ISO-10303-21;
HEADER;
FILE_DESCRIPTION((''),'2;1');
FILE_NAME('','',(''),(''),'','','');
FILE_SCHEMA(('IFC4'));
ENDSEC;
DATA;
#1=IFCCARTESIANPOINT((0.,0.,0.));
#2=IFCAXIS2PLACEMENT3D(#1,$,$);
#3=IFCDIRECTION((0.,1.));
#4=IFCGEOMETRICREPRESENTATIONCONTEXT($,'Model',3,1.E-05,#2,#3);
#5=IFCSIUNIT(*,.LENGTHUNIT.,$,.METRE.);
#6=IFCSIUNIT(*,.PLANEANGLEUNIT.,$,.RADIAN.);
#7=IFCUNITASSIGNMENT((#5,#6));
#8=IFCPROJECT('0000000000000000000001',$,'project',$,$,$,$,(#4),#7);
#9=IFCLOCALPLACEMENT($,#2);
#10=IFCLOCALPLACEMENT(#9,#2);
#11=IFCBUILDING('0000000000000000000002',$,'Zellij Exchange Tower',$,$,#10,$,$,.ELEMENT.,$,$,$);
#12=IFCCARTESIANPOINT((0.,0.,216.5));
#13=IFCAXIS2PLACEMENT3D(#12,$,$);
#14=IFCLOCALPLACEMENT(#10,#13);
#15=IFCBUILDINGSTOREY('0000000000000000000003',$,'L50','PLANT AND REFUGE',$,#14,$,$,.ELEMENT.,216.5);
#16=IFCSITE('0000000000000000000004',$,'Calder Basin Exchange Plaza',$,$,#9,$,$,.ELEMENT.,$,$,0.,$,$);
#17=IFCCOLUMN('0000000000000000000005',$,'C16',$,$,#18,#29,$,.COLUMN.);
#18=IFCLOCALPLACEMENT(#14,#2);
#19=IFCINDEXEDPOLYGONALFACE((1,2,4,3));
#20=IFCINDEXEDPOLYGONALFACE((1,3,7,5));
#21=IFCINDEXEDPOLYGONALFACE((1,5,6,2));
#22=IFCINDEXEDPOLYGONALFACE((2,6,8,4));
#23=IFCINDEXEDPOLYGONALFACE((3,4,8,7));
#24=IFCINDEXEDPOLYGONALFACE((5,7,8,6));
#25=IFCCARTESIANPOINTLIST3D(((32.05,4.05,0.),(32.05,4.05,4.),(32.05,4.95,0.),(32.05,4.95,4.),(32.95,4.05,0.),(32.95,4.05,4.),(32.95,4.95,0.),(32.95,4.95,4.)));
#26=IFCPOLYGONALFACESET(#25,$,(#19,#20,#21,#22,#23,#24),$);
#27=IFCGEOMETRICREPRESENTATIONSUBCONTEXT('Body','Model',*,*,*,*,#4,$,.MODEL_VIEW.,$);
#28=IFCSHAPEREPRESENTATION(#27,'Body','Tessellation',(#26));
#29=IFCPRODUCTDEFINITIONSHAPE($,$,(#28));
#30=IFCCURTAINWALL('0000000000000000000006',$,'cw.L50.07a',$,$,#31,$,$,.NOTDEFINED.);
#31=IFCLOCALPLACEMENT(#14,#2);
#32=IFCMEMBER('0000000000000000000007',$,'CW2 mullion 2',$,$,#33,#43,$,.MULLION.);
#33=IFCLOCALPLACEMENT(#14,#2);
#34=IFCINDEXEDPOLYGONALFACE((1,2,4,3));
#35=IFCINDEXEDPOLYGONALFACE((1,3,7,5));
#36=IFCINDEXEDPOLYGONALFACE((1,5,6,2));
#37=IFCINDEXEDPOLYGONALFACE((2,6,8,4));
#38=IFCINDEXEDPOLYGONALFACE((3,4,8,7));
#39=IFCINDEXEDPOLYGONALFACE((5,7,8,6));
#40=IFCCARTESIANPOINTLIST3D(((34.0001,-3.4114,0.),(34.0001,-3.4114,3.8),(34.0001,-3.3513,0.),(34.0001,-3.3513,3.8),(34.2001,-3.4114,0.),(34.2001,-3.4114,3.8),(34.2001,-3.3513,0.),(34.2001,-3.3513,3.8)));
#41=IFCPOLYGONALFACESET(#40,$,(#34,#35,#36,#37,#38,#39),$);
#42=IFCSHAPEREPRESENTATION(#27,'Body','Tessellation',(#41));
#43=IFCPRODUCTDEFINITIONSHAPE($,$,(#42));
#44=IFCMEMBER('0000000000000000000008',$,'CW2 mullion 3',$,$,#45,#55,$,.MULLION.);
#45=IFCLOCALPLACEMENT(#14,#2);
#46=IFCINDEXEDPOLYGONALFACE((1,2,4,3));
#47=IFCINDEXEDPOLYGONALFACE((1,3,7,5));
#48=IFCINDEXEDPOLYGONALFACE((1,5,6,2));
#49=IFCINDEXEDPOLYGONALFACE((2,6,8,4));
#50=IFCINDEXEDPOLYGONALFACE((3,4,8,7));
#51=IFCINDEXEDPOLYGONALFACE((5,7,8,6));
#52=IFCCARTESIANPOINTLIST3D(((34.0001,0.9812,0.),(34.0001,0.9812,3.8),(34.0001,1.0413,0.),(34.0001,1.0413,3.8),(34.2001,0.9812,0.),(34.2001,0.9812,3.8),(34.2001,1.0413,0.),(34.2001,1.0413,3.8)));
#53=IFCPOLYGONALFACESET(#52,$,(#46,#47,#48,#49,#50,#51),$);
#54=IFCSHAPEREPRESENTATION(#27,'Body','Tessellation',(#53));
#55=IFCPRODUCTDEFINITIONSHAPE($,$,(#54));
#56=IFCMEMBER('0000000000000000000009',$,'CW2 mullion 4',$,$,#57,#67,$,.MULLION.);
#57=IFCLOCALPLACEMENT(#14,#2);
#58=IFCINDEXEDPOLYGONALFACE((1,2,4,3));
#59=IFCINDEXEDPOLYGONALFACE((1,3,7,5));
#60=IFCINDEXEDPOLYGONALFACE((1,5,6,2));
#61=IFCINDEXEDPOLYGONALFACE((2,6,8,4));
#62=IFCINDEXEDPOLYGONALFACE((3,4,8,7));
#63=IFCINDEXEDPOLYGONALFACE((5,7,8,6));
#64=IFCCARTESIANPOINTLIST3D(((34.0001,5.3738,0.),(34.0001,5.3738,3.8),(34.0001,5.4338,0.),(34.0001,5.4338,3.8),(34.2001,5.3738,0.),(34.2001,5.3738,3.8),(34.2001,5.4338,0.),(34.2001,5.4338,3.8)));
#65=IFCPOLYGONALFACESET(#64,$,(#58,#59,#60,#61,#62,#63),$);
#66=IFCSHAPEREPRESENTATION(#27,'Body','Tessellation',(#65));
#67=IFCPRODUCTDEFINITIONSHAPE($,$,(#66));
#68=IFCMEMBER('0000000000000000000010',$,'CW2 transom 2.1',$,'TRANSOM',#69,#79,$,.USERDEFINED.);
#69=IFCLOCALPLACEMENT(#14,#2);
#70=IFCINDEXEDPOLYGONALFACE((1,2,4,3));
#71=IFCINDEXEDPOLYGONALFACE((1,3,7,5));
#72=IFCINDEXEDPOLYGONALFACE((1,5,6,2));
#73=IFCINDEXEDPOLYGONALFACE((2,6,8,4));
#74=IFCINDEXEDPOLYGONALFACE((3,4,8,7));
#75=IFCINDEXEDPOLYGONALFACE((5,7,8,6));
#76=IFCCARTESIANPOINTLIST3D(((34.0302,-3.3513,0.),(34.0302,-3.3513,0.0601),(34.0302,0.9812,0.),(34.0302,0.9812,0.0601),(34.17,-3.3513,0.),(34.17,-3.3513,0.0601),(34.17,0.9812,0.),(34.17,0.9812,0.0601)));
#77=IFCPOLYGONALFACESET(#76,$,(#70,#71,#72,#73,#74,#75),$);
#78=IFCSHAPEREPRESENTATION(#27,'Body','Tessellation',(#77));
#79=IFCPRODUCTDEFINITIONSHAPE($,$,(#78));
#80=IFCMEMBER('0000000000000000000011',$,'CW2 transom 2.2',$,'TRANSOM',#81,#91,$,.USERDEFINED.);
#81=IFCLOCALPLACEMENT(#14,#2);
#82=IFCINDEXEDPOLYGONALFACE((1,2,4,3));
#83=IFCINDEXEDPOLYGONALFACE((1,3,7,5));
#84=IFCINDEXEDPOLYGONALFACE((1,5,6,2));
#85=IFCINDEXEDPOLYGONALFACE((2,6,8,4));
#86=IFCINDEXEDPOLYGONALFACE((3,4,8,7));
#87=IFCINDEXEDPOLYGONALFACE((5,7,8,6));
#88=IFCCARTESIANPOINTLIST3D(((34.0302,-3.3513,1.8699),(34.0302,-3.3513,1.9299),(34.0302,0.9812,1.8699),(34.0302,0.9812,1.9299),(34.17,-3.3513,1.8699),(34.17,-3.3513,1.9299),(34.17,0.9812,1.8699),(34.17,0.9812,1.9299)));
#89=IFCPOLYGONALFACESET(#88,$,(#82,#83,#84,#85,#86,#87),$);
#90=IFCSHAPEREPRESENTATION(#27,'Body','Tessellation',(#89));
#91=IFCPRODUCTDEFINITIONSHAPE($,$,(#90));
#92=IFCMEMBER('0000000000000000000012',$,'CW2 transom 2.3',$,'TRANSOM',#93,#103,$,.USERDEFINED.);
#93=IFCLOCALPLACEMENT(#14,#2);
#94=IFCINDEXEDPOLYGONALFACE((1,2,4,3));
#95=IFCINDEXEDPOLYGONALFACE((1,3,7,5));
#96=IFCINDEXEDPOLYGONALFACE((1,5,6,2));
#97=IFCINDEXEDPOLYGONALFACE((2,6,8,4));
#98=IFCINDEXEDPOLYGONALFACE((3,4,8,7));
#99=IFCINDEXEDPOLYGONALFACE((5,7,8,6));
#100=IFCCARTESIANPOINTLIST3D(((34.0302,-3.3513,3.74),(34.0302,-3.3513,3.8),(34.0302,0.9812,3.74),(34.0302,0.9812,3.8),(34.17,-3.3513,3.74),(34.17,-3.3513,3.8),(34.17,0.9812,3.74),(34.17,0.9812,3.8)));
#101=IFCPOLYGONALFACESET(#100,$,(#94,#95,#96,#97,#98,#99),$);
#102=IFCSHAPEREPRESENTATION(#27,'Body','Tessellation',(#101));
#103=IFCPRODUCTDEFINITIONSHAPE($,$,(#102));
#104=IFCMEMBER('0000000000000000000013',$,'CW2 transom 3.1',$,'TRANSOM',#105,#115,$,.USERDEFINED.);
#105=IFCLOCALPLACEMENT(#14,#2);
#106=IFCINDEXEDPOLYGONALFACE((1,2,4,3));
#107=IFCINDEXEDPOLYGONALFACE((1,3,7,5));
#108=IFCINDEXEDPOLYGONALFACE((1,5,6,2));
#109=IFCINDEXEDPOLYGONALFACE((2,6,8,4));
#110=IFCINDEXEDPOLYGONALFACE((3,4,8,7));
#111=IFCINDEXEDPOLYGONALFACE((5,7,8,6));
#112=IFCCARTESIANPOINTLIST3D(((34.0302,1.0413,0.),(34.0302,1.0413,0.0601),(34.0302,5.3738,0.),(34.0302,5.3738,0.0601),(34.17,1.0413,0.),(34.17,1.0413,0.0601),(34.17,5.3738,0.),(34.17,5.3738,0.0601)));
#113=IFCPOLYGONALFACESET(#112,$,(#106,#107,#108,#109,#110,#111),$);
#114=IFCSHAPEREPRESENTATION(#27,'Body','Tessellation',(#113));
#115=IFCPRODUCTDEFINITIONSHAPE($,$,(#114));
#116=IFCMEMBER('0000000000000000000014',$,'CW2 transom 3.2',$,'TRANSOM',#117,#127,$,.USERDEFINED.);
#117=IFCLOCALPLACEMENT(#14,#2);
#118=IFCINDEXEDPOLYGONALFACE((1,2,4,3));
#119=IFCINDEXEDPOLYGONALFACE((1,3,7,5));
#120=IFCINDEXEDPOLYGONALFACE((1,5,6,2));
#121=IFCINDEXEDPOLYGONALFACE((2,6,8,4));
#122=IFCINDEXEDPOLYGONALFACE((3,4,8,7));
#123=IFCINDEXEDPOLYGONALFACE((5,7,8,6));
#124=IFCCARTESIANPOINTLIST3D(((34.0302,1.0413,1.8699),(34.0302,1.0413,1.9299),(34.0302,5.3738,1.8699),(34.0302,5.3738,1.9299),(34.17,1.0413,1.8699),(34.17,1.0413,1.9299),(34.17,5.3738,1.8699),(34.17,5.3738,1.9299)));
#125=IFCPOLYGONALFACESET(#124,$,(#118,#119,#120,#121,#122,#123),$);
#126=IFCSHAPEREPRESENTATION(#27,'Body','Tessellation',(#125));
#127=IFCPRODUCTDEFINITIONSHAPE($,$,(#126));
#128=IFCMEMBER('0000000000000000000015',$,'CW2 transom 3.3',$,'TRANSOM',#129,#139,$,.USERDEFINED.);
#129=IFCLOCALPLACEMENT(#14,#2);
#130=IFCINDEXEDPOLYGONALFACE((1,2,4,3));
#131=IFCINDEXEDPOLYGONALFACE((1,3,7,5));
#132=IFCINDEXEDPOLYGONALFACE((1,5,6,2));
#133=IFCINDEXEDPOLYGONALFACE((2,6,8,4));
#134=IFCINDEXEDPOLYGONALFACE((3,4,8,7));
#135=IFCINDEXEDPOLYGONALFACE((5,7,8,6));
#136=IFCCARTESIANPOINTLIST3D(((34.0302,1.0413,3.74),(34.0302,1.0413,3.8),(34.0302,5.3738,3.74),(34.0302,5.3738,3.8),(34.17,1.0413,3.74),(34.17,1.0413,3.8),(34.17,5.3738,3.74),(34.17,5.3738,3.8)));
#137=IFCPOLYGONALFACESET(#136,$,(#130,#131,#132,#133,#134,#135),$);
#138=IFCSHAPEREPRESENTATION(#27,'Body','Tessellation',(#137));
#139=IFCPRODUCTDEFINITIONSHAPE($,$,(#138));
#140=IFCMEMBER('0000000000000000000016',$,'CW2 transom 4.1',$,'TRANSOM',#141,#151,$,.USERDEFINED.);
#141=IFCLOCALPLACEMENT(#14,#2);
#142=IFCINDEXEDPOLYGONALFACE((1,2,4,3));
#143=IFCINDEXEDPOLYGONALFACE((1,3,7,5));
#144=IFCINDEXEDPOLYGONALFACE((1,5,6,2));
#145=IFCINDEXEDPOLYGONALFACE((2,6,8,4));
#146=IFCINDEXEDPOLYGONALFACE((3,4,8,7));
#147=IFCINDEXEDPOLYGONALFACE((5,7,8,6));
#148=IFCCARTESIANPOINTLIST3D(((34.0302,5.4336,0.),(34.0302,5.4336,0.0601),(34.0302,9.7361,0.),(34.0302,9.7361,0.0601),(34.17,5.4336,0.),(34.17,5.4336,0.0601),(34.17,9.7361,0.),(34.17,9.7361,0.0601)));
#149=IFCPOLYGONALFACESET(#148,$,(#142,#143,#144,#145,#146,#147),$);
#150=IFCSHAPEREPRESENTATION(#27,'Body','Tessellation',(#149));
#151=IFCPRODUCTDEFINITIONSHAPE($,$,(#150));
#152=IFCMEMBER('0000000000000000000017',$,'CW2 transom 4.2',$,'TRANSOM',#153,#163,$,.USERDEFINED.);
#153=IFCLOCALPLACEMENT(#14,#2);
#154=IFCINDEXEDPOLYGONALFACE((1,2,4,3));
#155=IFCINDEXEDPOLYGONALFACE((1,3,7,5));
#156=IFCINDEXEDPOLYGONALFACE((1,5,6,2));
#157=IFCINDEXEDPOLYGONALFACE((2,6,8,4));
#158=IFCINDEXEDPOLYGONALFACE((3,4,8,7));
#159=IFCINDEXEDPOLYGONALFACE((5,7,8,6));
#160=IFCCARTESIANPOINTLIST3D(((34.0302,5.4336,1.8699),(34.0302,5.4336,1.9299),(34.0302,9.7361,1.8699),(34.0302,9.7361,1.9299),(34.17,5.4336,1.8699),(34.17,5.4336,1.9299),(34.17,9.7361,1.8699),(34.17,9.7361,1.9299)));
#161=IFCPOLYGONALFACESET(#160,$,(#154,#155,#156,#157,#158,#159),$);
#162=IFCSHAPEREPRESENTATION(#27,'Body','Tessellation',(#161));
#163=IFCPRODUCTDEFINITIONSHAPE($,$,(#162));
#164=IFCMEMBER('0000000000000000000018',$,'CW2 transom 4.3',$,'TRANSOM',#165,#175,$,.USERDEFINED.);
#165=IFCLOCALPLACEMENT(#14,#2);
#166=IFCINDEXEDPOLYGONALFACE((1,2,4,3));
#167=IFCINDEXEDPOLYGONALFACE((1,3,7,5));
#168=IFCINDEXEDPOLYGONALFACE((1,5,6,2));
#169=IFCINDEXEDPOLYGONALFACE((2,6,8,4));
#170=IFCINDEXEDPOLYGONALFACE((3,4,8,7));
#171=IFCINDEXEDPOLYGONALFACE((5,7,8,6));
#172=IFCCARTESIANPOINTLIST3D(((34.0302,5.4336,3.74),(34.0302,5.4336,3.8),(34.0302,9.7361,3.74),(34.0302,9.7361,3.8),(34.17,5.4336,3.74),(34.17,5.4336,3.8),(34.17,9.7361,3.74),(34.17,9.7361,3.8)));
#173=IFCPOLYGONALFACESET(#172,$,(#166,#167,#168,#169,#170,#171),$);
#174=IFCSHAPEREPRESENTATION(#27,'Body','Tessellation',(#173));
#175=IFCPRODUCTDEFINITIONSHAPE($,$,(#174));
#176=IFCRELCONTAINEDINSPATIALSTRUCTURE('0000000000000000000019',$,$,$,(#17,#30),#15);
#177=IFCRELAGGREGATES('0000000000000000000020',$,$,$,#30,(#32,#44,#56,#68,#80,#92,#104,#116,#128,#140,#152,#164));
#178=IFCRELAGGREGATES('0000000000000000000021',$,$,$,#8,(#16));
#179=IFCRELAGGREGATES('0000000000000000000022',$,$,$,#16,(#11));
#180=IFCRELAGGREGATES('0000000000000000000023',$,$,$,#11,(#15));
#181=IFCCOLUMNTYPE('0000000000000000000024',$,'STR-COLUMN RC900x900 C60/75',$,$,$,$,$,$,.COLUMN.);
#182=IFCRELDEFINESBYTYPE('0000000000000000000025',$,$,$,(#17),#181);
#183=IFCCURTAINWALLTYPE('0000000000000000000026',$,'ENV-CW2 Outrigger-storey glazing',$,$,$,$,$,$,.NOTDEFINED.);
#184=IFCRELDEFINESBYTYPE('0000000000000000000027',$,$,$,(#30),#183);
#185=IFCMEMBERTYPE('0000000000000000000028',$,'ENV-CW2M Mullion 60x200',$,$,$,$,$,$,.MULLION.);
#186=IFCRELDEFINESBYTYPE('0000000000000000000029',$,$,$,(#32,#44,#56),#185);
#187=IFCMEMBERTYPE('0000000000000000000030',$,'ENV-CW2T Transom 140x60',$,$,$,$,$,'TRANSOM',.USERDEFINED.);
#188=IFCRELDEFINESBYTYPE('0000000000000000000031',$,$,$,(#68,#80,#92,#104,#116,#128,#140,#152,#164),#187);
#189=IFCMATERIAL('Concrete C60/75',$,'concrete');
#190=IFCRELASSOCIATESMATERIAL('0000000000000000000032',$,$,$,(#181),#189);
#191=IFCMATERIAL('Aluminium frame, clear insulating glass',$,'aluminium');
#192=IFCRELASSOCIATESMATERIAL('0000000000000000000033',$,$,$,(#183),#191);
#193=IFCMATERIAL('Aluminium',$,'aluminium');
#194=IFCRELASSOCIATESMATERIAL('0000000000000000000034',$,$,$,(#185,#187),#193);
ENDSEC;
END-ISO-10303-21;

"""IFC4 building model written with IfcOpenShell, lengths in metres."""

from ifc_helpers import new_model, si_unit, direction, frame, origin, origin_2d, place, context, subcontext, project, spatial, rectangle, extrude, material, material_profile, profile_set, type_object, element, aggregate, save


model = new_model("IFC4")

# Units and contexts
model_context = context("Model", 3, precision=1e-05, world=origin(), true_north=direction((0.0, 1.0)))
body_context = subcontext(model_context, "Body", "Model", "MODEL_VIEW")
ifc_project = project(units=[si_unit("LENGTHUNIT", "METRE"), si_unit("PLANEANGLEUNIT", "RADIAN")], contexts=[model_context])

# Site, building, storey
site_placement = place(None, origin())
site = spatial("IfcSite", under=ifc_project, at=site_placement, Name="Calder Basin Exchange Plaza", CompositionType="ELEMENT", RefElevation=0.0)
building_placement = place(site_placement, origin())
building = spatial("IfcBuilding", under=site, at=building_placement, Name="Zellij Exchange Tower", CompositionType="ELEMENT")
storey_placement = place(building_placement, frame((0.0, 0.0, 216.5)))
storey = spatial("IfcBuildingStorey", under=building, at=storey_placement, Name="L50", Description="PLANT AND REFUGE", CompositionType="ELEMENT", Elevation=216.5)

# Column
ifc_material_1 = material(Name="Concrete C60/75", Category="concrete")
ifc_material_profile_1 = material_profile(ifc_material_1, rectangle(XDim=0.8999, YDim=0.8999, at=origin_2d()), Name="STR-COLUMN RC900x900 C60/75")
ifc_profile_set_1 = profile_set([ifc_material_profile_1], Name="Concrete C60/75")
column_type = type_object("IfcColumnType", Name="STR-COLUMN RC900x900 C60/75", PredefinedType="COLUMN", material=ifc_profile_set_1)
column_placement = place(storey_placement, frame((32.5, 4.5, 0.0), z_axis=(0.0, 0.0, 1.0), x_axis=(1.0, 0.0, 0.0)))
element("IfcColumn", 1, at=column_placement, inside=storey, type_object=column_type, Name="C16", PredefinedType="COLUMN", context=body_context, shape_type="SweptSolid", body=[
    extrude(rectangle(XDim=0.8999, YDim=0.8999, at=origin_2d()), origin(), (0.0, 0.0, 1.0), 4.0),
])

# Curtain wall, members
ifc_material_2 = material(Name="Aluminium frame, clear insulating glass", Category="aluminium")
curtain_wall_type = type_object("IfcCurtainWallType", Name="ENV-CW2 Outrigger-storey glazing", PredefinedType="NOTDEFINED", material=ifc_material_2)
curtain_wall_placement = place(storey_placement, origin())
curtain_wall = element("IfcCurtainWall", 2, at=curtain_wall_placement, inside=storey, type_object=curtain_wall_type, Name="cw.L50.07a", PredefinedType="NOTDEFINED")
ifc_material_3 = material(Name="Aluminium", Category="aluminium")
ifc_material_profile_2 = material_profile(ifc_material_3, rectangle(XDim=0.0601, YDim=0.2, at=origin_2d()), Name="AL 60x200")
ifc_profile_set_2 = profile_set([ifc_material_profile_2], Name="Aluminium")
member_type_1 = type_object("IfcMemberType", Name="ENV-CW2M Mullion 60x200", PredefinedType="MULLION", material=ifc_profile_set_2)
member_1_placement = place(storey_placement, frame((34.1001, -3.3813, 0.0), z_axis=(0.0, 0.0, 1.0), x_axis=(0.0, 1.0, 0.0)))
member_1 = element("IfcMember", 3, at=member_1_placement, type_object=member_type_1, Name="CW2 mullion 2", PredefinedType="MULLION", context=body_context, shape_type="SweptSolid", body=[
    extrude(rectangle(XDim=0.0601, YDim=0.2, at=origin_2d()), origin(), (0.0, 0.0, 1.0), 3.8),
])
member_2_placement = place(storey_placement, frame((34.1001, 1.0112, 0.0), z_axis=(0.0, 0.0, 1.0), x_axis=(0.0, 1.0, 0.0)))
member_2 = element("IfcMember", 4, at=member_2_placement, type_object=member_type_1, Name="CW2 mullion 3", PredefinedType="MULLION", context=body_context, shape_type="SweptSolid", body=[
    extrude(rectangle(XDim=0.0601, YDim=0.2, at=origin_2d()), origin(), (0.0, 0.0, 1.0), 3.8),
])
member_3_placement = place(storey_placement, frame((34.1001, 5.4038, 0.0), z_axis=(0.0, 0.0, 1.0), x_axis=(0.0, 1.0, 0.0)))
member_3 = element("IfcMember", 5, at=member_3_placement, type_object=member_type_1, Name="CW2 mullion 4", PredefinedType="MULLION", context=body_context, shape_type="SweptSolid", body=[
    extrude(rectangle(XDim=0.0601, YDim=0.2, at=origin_2d()), origin(), (0.0, 0.0, 1.0), 3.8),
])
ifc_material_profile_3 = material_profile(ifc_material_3, rectangle(XDim=0.1399, YDim=0.0601, at=origin_2d()), Name="AL 140x60")
ifc_profile_set_3 = profile_set([ifc_material_profile_3], Name="Aluminium")
member_type_2 = type_object("IfcMemberType", Name="ENV-CW2T Transom 140x60", ElementType="TRANSOM", PredefinedType="USERDEFINED", material=ifc_profile_set_3)
member_4_placement = place(storey_placement, frame((34.1001, -3.3513, 0.03), z_axis=(0.0, 1.0, 0.0), x_axis=(-1.0, 0.0, 0.0)))
member_4 = element("IfcMember", 6, at=member_4_placement, type_object=member_type_2, Name="CW2 transom 2.1", ObjectType="TRANSOM", PredefinedType="USERDEFINED", context=body_context, shape_type="SweptSolid", body=[
    extrude(rectangle(XDim=0.1399, YDim=0.0601, at=origin_2d()), origin(), (0.0, 0.0, 1.0), 4.3325),
])
member_5_placement = place(storey_placement, frame((34.1001, -3.3513, 1.8999), z_axis=(0.0, 1.0, 0.0), x_axis=(-1.0, 0.0, 0.0)))
member_5 = element("IfcMember", 7, at=member_5_placement, type_object=member_type_2, Name="CW2 transom 2.2", ObjectType="TRANSOM", PredefinedType="USERDEFINED", context=body_context, shape_type="SweptSolid", body=[
    extrude(rectangle(XDim=0.1399, YDim=0.0601, at=origin_2d()), origin(), (0.0, 0.0, 1.0), 4.3325),
])
member_6_placement = place(storey_placement, frame((34.1001, -3.3513, 3.77), z_axis=(0.0, 1.0, 0.0), x_axis=(-1.0, 0.0, 0.0)))
member_6 = element("IfcMember", 8, at=member_6_placement, type_object=member_type_2, Name="CW2 transom 2.3", ObjectType="TRANSOM", PredefinedType="USERDEFINED", context=body_context, shape_type="SweptSolid", body=[
    extrude(rectangle(XDim=0.1399, YDim=0.0601, at=origin_2d()), origin(), (0.0, 0.0, 1.0), 4.3325),
])
member_7_placement = place(storey_placement, frame((34.1001, 1.0413, 0.03), z_axis=(0.0, 1.0, 0.0), x_axis=(-1.0, 0.0, 0.0)))
member_7 = element("IfcMember", 9, at=member_7_placement, type_object=member_type_2, Name="CW2 transom 3.1", ObjectType="TRANSOM", PredefinedType="USERDEFINED", context=body_context, shape_type="SweptSolid", body=[
    extrude(rectangle(XDim=0.1399, YDim=0.0601, at=origin_2d()), origin(), (0.0, 0.0, 1.0), 4.3325),
])
member_8_placement = place(storey_placement, frame((34.1001, 1.0413, 1.8999), z_axis=(0.0, 1.0, 0.0), x_axis=(-1.0, 0.0, 0.0)))
member_8 = element("IfcMember", 10, at=member_8_placement, type_object=member_type_2, Name="CW2 transom 3.2", ObjectType="TRANSOM", PredefinedType="USERDEFINED", context=body_context, shape_type="SweptSolid", body=[
    extrude(rectangle(XDim=0.1399, YDim=0.0601, at=origin_2d()), origin(), (0.0, 0.0, 1.0), 4.3325),
])
member_9_placement = place(storey_placement, frame((34.1001, 1.0413, 3.77), z_axis=(0.0, 1.0, 0.0), x_axis=(-1.0, 0.0, 0.0)))
member_9 = element("IfcMember", 11, at=member_9_placement, type_object=member_type_2, Name="CW2 transom 3.3", ObjectType="TRANSOM", PredefinedType="USERDEFINED", context=body_context, shape_type="SweptSolid", body=[
    extrude(rectangle(XDim=0.1399, YDim=0.0601, at=origin_2d()), origin(), (0.0, 0.0, 1.0), 4.3325),
])
member_10_placement = place(storey_placement, frame((34.1001, 5.4336, 0.03), z_axis=(0.0, 1.0, 0.0), x_axis=(-1.0, 0.0, 0.0)))
member_10 = element("IfcMember", 12, at=member_10_placement, type_object=member_type_2, Name="CW2 transom 4.1", ObjectType="TRANSOM", PredefinedType="USERDEFINED", context=body_context, shape_type="SweptSolid", body=[
    extrude(rectangle(XDim=0.1399, YDim=0.0601, at=origin_2d()), origin(), (0.0, 0.0, 1.0), 4.3025),
])
member_11_placement = place(storey_placement, frame((34.1001, 5.4336, 1.8999), z_axis=(0.0, 1.0, 0.0), x_axis=(-1.0, 0.0, 0.0)))
member_11 = element("IfcMember", 13, at=member_11_placement, type_object=member_type_2, Name="CW2 transom 4.2", ObjectType="TRANSOM", PredefinedType="USERDEFINED", context=body_context, shape_type="SweptSolid", body=[
    extrude(rectangle(XDim=0.1399, YDim=0.0601, at=origin_2d()), origin(), (0.0, 0.0, 1.0), 4.3025),
])
member_12_placement = place(storey_placement, frame((34.1001, 5.4336, 3.77), z_axis=(0.0, 1.0, 0.0), x_axis=(-1.0, 0.0, 0.0)))
member_12 = element("IfcMember", 14, at=member_12_placement, type_object=member_type_2, Name="CW2 transom 4.3", ObjectType="TRANSOM", PredefinedType="USERDEFINED", context=body_context, shape_type="SweptSolid", body=[
    extrude(rectangle(XDim=0.1399, YDim=0.0601, at=origin_2d()), origin(), (0.0, 0.0, 1.0), 4.3025),
])

aggregate(curtain_wall, [member_1, member_2, member_3, member_4, member_5, member_6, member_7, member_8, member_9, member_10, member_11, member_12])

save(model, "model.ifc")
